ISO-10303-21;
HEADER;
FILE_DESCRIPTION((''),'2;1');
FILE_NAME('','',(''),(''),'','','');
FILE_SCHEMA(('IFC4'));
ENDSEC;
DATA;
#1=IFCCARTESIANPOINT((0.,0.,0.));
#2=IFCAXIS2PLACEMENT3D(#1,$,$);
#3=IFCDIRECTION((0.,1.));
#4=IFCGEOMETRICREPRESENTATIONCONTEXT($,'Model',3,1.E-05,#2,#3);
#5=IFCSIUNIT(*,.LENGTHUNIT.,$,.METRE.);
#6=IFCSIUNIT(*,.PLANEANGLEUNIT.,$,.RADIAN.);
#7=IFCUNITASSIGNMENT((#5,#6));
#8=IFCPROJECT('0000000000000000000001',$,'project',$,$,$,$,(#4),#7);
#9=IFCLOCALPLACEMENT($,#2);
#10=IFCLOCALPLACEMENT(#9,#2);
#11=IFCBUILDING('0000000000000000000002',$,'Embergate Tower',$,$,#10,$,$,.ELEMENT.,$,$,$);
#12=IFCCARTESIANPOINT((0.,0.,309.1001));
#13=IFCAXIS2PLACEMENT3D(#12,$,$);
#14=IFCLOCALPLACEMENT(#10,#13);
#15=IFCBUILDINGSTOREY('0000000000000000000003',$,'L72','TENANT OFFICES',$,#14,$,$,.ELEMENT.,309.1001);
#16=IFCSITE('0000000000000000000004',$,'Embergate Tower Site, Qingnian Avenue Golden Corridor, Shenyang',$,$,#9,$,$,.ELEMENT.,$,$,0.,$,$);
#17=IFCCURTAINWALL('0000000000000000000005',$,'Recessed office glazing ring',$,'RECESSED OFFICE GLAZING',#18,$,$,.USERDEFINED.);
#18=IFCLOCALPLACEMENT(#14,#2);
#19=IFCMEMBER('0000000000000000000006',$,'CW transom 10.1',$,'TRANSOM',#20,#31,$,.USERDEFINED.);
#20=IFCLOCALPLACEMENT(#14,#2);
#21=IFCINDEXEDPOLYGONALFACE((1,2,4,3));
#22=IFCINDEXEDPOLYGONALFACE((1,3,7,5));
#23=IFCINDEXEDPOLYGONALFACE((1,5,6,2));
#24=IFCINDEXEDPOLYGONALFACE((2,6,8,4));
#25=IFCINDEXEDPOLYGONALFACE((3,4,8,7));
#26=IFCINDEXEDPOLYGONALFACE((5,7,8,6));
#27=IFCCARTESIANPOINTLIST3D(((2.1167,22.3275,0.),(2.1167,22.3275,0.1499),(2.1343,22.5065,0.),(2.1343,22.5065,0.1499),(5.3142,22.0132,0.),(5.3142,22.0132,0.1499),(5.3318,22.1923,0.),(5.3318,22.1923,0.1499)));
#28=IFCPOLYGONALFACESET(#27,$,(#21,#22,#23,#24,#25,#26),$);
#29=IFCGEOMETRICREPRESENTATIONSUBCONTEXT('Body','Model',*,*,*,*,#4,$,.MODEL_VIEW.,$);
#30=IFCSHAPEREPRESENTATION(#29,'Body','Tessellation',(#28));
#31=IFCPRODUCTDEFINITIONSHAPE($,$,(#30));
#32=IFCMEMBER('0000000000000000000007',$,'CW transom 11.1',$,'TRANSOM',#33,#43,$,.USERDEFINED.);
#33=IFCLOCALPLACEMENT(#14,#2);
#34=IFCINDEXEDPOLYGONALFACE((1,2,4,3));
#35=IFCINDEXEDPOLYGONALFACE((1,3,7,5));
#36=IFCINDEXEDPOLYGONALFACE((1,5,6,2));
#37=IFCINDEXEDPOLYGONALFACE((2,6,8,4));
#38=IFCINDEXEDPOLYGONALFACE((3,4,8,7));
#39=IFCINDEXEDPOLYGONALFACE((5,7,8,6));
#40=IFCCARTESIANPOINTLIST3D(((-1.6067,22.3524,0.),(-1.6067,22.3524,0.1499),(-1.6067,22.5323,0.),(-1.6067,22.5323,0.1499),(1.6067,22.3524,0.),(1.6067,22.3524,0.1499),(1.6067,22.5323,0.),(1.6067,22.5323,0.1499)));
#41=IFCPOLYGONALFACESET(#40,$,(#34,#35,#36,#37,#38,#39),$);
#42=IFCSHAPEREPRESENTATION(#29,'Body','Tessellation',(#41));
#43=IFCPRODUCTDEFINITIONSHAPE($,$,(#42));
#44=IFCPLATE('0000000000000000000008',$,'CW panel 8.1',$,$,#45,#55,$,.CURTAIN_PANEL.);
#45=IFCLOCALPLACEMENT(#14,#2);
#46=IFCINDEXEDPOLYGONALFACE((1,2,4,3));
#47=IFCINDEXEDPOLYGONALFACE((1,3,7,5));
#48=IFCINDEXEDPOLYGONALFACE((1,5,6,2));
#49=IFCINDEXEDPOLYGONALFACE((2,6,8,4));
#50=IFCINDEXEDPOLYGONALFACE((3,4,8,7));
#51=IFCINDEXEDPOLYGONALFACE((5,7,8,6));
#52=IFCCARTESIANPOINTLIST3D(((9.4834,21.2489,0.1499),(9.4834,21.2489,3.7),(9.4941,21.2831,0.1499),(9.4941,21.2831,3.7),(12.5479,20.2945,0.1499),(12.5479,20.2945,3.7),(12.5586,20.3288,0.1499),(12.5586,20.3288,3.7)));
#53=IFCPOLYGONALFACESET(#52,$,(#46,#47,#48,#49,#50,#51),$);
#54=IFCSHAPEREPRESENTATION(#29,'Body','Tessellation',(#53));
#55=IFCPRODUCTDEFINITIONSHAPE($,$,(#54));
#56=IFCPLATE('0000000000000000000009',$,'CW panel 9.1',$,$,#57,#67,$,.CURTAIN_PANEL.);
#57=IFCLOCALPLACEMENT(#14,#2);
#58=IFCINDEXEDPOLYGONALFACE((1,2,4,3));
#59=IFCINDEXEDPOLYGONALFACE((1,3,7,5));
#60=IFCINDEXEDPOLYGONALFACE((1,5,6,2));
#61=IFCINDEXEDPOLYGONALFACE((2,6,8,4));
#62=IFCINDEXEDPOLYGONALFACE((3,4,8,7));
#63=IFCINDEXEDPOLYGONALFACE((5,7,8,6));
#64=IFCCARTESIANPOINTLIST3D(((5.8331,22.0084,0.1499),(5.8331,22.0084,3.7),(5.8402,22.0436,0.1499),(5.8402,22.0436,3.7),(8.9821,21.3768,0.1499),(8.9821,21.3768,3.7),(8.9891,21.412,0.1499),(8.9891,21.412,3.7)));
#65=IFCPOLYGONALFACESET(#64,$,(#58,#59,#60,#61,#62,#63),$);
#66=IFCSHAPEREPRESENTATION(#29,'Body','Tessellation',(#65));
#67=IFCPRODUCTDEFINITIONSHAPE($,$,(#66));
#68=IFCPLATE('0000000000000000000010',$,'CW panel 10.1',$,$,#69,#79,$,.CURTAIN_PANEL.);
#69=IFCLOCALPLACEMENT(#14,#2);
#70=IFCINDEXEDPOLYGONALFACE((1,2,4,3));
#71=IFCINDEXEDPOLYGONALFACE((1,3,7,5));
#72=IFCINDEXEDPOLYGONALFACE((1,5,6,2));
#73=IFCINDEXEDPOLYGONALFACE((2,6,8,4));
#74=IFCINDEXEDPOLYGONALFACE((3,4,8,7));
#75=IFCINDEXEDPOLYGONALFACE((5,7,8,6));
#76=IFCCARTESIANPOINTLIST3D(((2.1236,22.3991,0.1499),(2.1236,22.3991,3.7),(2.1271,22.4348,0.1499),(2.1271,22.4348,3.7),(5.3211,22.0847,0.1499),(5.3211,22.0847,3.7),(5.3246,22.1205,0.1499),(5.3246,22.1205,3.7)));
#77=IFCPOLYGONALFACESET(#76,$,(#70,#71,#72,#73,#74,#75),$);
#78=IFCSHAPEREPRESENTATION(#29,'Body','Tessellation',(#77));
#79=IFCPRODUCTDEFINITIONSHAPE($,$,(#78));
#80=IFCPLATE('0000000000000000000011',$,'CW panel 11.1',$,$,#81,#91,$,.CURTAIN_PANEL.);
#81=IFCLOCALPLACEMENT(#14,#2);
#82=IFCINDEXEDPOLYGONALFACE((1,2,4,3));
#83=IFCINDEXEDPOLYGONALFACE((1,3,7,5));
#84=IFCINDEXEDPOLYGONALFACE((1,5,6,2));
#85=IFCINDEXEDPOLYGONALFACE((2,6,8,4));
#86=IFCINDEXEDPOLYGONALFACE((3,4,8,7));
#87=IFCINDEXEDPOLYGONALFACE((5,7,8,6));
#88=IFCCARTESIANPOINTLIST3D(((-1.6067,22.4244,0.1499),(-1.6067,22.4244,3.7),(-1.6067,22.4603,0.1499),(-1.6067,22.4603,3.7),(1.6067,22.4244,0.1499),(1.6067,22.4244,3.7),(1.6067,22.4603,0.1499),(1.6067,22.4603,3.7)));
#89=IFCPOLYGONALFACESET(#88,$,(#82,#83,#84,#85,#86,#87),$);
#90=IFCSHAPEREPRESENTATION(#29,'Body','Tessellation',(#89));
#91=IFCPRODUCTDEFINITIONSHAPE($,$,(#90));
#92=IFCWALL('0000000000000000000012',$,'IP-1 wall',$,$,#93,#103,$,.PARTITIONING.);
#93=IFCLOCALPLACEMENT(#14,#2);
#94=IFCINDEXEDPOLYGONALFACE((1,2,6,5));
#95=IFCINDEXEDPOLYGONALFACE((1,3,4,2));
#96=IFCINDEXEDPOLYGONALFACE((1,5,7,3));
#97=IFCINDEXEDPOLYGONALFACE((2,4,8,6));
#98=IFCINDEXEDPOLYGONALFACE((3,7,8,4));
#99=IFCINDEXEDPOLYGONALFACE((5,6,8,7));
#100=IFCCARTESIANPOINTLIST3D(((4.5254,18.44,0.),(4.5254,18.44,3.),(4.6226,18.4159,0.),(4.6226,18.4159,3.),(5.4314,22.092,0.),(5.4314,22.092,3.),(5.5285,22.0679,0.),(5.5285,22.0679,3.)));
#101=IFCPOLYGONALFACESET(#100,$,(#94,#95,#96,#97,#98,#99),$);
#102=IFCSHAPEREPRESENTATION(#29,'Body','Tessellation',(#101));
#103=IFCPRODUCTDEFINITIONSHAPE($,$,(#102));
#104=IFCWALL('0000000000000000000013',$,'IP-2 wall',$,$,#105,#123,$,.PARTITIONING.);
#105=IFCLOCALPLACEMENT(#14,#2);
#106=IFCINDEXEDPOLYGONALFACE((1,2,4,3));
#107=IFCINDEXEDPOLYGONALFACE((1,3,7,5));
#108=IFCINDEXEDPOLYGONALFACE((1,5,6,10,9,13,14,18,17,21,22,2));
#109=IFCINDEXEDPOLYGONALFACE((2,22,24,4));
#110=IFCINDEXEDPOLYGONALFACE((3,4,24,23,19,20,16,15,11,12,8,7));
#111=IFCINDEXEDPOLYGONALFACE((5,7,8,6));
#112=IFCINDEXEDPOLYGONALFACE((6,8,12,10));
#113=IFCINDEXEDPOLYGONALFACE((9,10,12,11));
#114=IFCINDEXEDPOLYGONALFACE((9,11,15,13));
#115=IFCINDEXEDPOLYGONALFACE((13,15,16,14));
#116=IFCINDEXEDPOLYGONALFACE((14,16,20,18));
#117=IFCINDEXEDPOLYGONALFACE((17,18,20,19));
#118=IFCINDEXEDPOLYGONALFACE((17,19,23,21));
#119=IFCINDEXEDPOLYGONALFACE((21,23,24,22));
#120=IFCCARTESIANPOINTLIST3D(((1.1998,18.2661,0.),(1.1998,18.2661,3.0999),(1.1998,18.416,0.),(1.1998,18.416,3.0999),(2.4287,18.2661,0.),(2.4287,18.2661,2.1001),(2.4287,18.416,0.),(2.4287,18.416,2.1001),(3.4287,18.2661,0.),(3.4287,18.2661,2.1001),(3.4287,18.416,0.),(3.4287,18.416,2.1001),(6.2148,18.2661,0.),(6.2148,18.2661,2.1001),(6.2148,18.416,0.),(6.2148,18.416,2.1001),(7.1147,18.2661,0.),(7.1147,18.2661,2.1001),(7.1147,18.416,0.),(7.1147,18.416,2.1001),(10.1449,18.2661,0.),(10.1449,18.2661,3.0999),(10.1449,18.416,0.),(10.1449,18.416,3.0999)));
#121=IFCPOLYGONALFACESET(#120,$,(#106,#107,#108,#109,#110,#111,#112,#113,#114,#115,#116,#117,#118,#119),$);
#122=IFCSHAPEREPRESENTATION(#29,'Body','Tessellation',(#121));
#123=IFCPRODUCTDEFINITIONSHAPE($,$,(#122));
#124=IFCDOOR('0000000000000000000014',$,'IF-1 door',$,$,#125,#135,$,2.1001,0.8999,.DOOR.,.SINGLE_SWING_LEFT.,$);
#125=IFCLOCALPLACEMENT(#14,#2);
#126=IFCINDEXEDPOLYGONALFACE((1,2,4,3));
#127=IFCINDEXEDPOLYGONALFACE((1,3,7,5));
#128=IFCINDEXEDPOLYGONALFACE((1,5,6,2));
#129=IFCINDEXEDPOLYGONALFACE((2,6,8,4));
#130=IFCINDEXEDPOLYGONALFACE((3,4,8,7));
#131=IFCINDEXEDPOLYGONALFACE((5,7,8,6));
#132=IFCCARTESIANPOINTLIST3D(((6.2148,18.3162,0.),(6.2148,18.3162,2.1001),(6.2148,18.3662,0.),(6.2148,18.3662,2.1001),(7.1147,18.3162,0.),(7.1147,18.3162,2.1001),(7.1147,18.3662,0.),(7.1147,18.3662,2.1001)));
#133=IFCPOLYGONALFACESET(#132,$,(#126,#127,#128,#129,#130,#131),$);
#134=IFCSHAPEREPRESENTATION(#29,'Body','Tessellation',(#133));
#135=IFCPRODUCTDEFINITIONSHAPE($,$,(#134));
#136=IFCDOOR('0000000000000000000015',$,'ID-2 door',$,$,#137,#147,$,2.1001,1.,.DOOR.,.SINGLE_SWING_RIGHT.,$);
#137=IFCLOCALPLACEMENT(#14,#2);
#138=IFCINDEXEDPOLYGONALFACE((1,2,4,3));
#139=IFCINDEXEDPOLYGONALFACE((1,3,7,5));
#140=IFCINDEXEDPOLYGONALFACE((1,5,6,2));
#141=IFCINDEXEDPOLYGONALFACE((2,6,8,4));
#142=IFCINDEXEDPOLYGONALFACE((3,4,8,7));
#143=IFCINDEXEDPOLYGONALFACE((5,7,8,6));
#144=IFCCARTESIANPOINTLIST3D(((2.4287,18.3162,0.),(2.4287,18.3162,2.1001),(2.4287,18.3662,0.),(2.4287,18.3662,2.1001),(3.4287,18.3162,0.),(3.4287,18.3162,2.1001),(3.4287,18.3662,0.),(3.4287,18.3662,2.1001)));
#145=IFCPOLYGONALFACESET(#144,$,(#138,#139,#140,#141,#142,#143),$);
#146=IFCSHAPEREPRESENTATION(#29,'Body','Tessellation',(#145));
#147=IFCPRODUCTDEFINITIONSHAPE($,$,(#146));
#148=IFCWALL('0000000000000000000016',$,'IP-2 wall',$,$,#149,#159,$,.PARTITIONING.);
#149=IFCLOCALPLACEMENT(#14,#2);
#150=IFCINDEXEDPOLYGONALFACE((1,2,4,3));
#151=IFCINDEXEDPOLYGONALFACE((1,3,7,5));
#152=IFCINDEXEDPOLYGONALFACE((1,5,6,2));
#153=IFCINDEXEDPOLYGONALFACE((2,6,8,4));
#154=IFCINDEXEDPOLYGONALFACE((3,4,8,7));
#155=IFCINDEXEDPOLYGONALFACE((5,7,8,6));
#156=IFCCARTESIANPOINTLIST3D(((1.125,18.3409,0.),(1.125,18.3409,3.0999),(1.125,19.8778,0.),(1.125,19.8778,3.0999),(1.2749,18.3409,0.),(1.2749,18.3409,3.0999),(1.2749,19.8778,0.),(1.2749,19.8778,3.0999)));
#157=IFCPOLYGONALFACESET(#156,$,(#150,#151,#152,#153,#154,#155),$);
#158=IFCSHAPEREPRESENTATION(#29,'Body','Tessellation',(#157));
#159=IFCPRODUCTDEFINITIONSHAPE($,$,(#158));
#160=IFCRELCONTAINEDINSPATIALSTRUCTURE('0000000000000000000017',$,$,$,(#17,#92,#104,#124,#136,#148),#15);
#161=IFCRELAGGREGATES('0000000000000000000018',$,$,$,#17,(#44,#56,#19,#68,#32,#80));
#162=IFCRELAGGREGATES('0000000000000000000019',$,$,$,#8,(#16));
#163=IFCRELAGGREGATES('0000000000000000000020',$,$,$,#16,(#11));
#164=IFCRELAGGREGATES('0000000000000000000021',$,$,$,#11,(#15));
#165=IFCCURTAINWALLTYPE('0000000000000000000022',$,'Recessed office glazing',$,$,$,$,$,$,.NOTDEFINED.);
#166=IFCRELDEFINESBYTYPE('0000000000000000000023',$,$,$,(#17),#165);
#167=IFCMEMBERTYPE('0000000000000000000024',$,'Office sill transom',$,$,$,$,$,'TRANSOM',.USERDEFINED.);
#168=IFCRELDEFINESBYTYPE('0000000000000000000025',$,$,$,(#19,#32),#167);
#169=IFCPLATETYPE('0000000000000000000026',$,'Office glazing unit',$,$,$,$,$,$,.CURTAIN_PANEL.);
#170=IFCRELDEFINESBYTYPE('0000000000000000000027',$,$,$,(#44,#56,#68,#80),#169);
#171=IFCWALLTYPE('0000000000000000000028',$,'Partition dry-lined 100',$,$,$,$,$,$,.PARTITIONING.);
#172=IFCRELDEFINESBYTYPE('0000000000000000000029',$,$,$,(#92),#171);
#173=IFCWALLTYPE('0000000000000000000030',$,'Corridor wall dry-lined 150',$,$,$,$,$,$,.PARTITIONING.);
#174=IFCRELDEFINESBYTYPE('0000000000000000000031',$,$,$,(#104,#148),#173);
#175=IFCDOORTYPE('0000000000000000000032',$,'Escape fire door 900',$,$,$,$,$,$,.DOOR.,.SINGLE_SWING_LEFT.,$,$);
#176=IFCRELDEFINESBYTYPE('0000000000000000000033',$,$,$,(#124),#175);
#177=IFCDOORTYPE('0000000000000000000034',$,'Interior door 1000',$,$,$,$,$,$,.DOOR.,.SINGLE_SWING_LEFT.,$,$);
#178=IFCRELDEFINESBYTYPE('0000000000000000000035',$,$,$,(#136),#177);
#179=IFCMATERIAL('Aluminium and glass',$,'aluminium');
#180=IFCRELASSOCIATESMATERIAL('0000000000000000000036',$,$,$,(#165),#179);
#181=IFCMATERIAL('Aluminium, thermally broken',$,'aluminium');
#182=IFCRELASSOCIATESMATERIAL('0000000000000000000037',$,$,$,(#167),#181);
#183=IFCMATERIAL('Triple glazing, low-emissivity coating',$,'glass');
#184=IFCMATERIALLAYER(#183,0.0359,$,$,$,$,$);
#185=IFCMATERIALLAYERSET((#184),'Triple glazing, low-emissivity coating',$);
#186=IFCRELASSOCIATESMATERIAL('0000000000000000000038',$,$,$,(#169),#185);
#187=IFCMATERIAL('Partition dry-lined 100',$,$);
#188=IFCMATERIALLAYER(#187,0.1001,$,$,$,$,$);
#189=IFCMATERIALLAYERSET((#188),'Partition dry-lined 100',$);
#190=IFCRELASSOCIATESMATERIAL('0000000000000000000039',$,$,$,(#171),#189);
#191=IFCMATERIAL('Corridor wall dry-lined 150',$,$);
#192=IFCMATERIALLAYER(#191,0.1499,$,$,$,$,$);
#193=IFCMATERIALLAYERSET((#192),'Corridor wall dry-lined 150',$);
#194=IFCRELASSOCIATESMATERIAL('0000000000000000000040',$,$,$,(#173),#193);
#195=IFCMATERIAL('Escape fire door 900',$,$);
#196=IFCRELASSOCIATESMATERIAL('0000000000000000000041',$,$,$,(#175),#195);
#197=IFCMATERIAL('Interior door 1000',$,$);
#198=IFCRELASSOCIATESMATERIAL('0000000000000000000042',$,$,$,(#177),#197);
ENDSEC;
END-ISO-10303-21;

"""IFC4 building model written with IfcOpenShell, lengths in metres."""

from ifc_helpers import new_model, si_unit, direction, frame, frame_2d, origin, origin_2d, place, context, subcontext, project, spatial, rectangle, extrude, source, transform, mapped, material, layer, layer_set, material_profile, profile_set, type_object, element, fill, aggregate, save


model = new_model("IFC4")

# Units and contexts
model_context = context("Model", 3, precision=1e-05, world=origin(), true_north=direction((0.0, 1.0)))
body_context = subcontext(model_context, "Body", "Model", "MODEL_VIEW")
ifc_project = project(units=[si_unit("LENGTHUNIT", "METRE"), si_unit("PLANEANGLEUNIT", "RADIAN")], contexts=[model_context])

# Site, building, storey
site_placement = place(None, origin())
site = spatial("IfcSite", under=ifc_project, at=site_placement, Name="Embergate Tower Site, Qingnian Avenue Golden Corridor, Shenyang", CompositionType="ELEMENT", RefElevation=0.0)
building_placement = place(site_placement, origin())
building = spatial("IfcBuilding", under=site, at=building_placement, Name="Embergate Tower", CompositionType="ELEMENT")
storey_placement = place(building_placement, frame((0.0, 0.0, 309.1001)))
storey = spatial("IfcBuildingStorey", under=building, at=storey_placement, Name="L72", Description="TENANT OFFICES", CompositionType="ELEMENT", Elevation=309.1001)

# Curtain wall, members, plates
ifc_material_1 = material(Name="Aluminium and glass", Category="aluminium")
curtain_wall_type = type_object("IfcCurtainWallType", Name="Recessed office glazing", PredefinedType="NOTDEFINED", material=ifc_material_1)
curtain_wall_placement = place(storey_placement, origin())
curtain_wall = element("IfcCurtainWall", 1, at=curtain_wall_placement, inside=storey, type_object=curtain_wall_type, Name="Recessed office glazing ring", ObjectType="RECESSED OFFICE GLAZING", PredefinedType="USERDEFINED")
ifc_material_2 = material(Name="Aluminium, thermally broken", Category="aluminium")
ifc_material_profile_1 = material_profile(ifc_material_2, rectangle(XDim=0.1799, YDim=0.1499, at=origin_2d()), Name="AL 150x180")
ifc_profile_set_1 = profile_set([ifc_material_profile_1], Name="Aluminium, thermally broken")
member_type_1 = type_object("IfcMemberType", Name="Office sill transom", ElementType="TRANSOM", PredefinedType="USERDEFINED", material=ifc_profile_set_1)
shared_shape_1 = source(origin(), body_context, "Body", "SweptSolid", [
    extrude(rectangle(XDim=0.1799, YDim=0.1499, at=origin_2d()), origin(), (0.0, 0.0, 1.0), 3.2129),
])
member_1_placement = place(storey_placement, frame((5.323, 22.1028, 0.075), z_axis=(-0.995207, 0.097796, 0.0), x_axis=(-0.097796, -0.995207, 0.0)))
member_1 = element("IfcMember", 2, at=member_1_placement, type_object=member_type_1, Name="CW transom 10.1", ObjectType="TRANSOM", PredefinedType="USERDEFINED", context=body_context, shape_type="MappedRepresentation", body=[
    mapped(shared_shape_1, transform((0.0, 0.0, 0.0))),
])
shared_shape_2 = source(origin(), body_context, "Body", "SweptSolid", [
    extrude(rectangle(XDim=0.1799, YDim=0.1499, at=origin_2d()), origin(), (0.0, 0.0, 1.0), 3.2134),
])
member_2_placement = place(storey_placement, frame((1.6067, 22.4424, 0.075), z_axis=(-1.0, 0.0, 0.0), x_axis=(0.0, -1.0, 0.0)))
member_2 = element("IfcMember", 3, at=member_2_placement, type_object=member_type_1, Name="CW transom 11.1", ObjectType="TRANSOM", PredefinedType="USERDEFINED", context=body_context, shape_type="MappedRepresentation", body=[
    mapped(shared_shape_2, transform((0.0, 0.0, 0.0))),
])
ifc_material_3 = material(Name="Triple glazing, low-emissivity coating", Category="glass")
ifc_layer_1 = layer(ifc_material_3, 0.0359)
ifc_layer_set_1 = layer_set([ifc_layer_1], Name="Triple glazing, low-emissivity coating")
plate_type = type_object("IfcPlateType", Name="Office glazing unit", PredefinedType="CURTAIN_PANEL", material=ifc_layer_set_1)
shared_shape_3 = source(origin(), body_context, "Body", "SweptSolid", [
    extrude(rectangle(XDim=3.2097, YDim=0.0359, at=origin_2d()), origin(), (0.0, 0.0, 1.0), 3.55),
])
plate_1_placement = place(storey_placement, frame((11.021, 20.7888, 0.1499), z_axis=(0.0, 0.0, 1.0), x_axis=(-0.954771, 0.297342, 0.0)))
plate_1 = element("IfcPlate", 4, at=plate_1_placement, type_object=plate_type, Name="CW panel 8.1", PredefinedType="CURTAIN_PANEL", context=body_context, shape_type="MappedRepresentation", body=[
    mapped(shared_shape_3, transform((0.0, 0.0, 0.0))),
])
shared_shape_4 = source(origin(), body_context, "Body", "SweptSolid", [
    extrude(rectangle(XDim=3.2117, YDim=0.0359, at=origin_2d()), origin(), (0.0, 0.0, 1.0), 3.55),
])
plate_2_placement = place(storey_placement, frame((7.4111, 21.7102, 0.1499), z_axis=(0.0, 0.0, 1.0), x_axis=(-0.980475, 0.196643, 0.0)))
plate_2 = element("IfcPlate", 5, at=plate_2_placement, type_object=plate_type, Name="CW panel 9.1", PredefinedType="CURTAIN_PANEL", context=body_context, shape_type="MappedRepresentation", body=[
    mapped(shared_shape_4, transform((0.0, 0.0, 0.0))),
])
shared_shape_5 = source(origin(), body_context, "Body", "SweptSolid", [
    extrude(rectangle(XDim=3.2129, YDim=0.0359, at=origin_2d()), origin(), (0.0, 0.0, 1.0), 3.55),
])
plate_3_placement = place(storey_placement, frame((3.7241, 22.2598, 0.1499), z_axis=(0.0, 0.0, 1.0), x_axis=(-0.995203, 0.097831, 0.0)))
plate_3 = element("IfcPlate", 6, at=plate_3_placement, type_object=plate_type, Name="CW panel 10.1", PredefinedType="CURTAIN_PANEL", context=body_context, shape_type="MappedRepresentation", body=[
    mapped(shared_shape_5, transform((0.0, 0.0, 0.0))),
])
shared_shape_6 = source(origin(), body_context, "Body", "SweptSolid", [
    extrude(rectangle(XDim=3.2134, YDim=0.0359, at=origin_2d()), origin(), (0.0, 0.0, 1.0), 3.55),
])
plate_4_placement = place(storey_placement, frame((0.0, 22.4424, 0.1499), z_axis=(0.0, 0.0, 1.0), x_axis=(-1.0, 0.0, 0.0)))
plate_4 = element("IfcPlate", 7, at=plate_4_placement, type_object=plate_type, Name="CW panel 11.1", PredefinedType="CURTAIN_PANEL", context=body_context, shape_type="MappedRepresentation", body=[
    mapped(shared_shape_6, transform((0.0, 0.0, 0.0))),
])
aggregate(curtain_wall, [plate_1, plate_2, member_1, plate_3, member_2, plate_4])

# Wall
ifc_material_4 = material(Name="Partition dry-lined 100")
ifc_layer_2 = layer(ifc_material_4, 0.1001)
ifc_layer_set_2 = layer_set([ifc_layer_2], Name="Partition dry-lined 100")
wall_type_1 = type_object("IfcWallType", Name="Partition dry-lined 100", PredefinedType="PARTITIONING", material=ifc_layer_set_2)
shared_shape_7 = source(origin(), body_context, "Body", "SweptSolid", [
    extrude(rectangle(XDim=3.7627, YDim=0.1001, at=frame_2d((1.8813, 0.0))), origin(), (0.0, 0.0, 1.0), 3.0),
])
wall_1_placement = place(storey_placement, frame((4.574, 18.428, 0.0), z_axis=(0.0, 0.0, 1.0), x_axis=(0.24078, 0.97058, 0.0)))
element("IfcWall", 8, at=wall_1_placement, inside=storey, type_object=wall_type_1, Name="IP-1 wall", PredefinedType="PARTITIONING", context=body_context, shape_type="MappedRepresentation", body=[
    mapped(shared_shape_7, transform((0.0, 0.0, 0.0))),
])

# Wall, openings, doors
ifc_material_5 = material(Name="Corridor wall dry-lined 150")
ifc_layer_3 = layer(ifc_material_5, 0.1499)
ifc_layer_set_3 = layer_set([ifc_layer_3], Name="Corridor wall dry-lined 150")
wall_type_2 = type_object("IfcWallType", Name="Corridor wall dry-lined 150", PredefinedType="PARTITIONING", material=ifc_layer_set_3)
shared_shape_8 = source(origin(), body_context, "Body", "SweptSolid", [
    extrude(rectangle(XDim=8.9451, YDim=0.1499, at=frame_2d((4.4727, 0.0))), origin(), (0.0, 0.0, 1.0), 3.0999),
])
wall_2_placement = place(storey_placement, frame((10.145, 18.3411, 0.0), z_axis=(0.0, 0.0, 1.0), x_axis=(-1.0, 0.0, 0.0)))
wall_2 = element("IfcWall", 9, at=wall_2_placement, inside=storey, type_object=wall_type_2, Name="IP-2 wall", PredefinedType="PARTITIONING", context=body_context, shape_type="MappedRepresentation", body=[
    mapped(shared_shape_8, transform((0.0, 0.0, 0.0))),
])
shared_shape_9 = source(origin(), body_context, "Body", "SweptSolid", [
    extrude(rectangle(XDim=0.8999, YDim=2.1001, at=frame_2d((0.45, 1.05))), frame((0.0, 0.085, 0.0), z_axis=(0.0, -1.0, 0.0), x_axis=(1.0, 0.0, 0.0)), (0.0, 0.0, 1.0), 0.1699),
])
opening_1_placement = place(wall_2_placement, frame((3.0303, 0.0, 0.0)))
opening_1 = element("IfcOpeningElement", 10, at=opening_1_placement, cuts=wall_2, PredefinedType="OPENING", context=body_context, shape_type="MappedRepresentation", body=[
    mapped(shared_shape_9, transform((0.0, 0.0, 0.0))),
])
shared_shape_10 = source(origin(), body_context, "Body", "SweptSolid", [
    extrude(rectangle(XDim=1.0, YDim=2.1001, at=frame_2d((0.5, 1.05))), frame((0.0, 0.085, 0.0), z_axis=(0.0, -1.0, 0.0), x_axis=(1.0, 0.0, 0.0)), (0.0, 0.0, 1.0), 0.1699),
])
opening_2_placement = place(wall_2_placement, frame((6.7163, 0.0, 0.0)))
opening_2 = element("IfcOpeningElement", 11, at=opening_2_placement, cuts=wall_2, PredefinedType="OPENING", context=body_context, shape_type="MappedRepresentation", body=[
    mapped(shared_shape_10, transform((0.0, 0.0, 0.0))),
])
ifc_material_6 = material(Name="Escape fire door 900")
door_type_1 = type_object("IfcDoorType", Name="Escape fire door 900", OperationType="SINGLE_SWING_LEFT", PredefinedType="DOOR", material=ifc_material_6)
shared_shape_11 = source(origin(), body_context, "Body", "SweptSolid", [
    extrude(rectangle(XDim=0.8999, YDim=2.1001, at=frame_2d((0.45, 1.05))), frame((0.0, 0.0249, 0.0), z_axis=(0.0, -1.0, 0.0), x_axis=(1.0, 0.0, 0.0)), (0.0, 0.0, 1.0), 0.05),
])
door_1_placement = place(opening_1_placement, origin())
door_1 = element("IfcDoor", 12, at=door_1_placement, inside=storey, type_object=door_type_1, Name="IF-1 door", OperationType="SINGLE_SWING_LEFT", OverallHeight=2.1001, OverallWidth=0.8999, PredefinedType="DOOR", context=body_context, shape_type="MappedRepresentation", body=[
    mapped(shared_shape_11, transform((0.0, 0.0, 0.0))),
])
fill(opening_1, door_1)
ifc_material_7 = material(Name="Interior door 1000")
door_type_2 = type_object("IfcDoorType", Name="Interior door 1000", OperationType="SINGLE_SWING_LEFT", PredefinedType="DOOR", material=ifc_material_7)
shared_shape_12 = source(origin(), body_context, "Body", "SweptSolid", [
    extrude(rectangle(XDim=1.0, YDim=2.1001, at=frame_2d((0.5, 1.05))), frame((0.0, 0.0249, 0.0), z_axis=(0.0, -1.0, 0.0), x_axis=(1.0, 0.0, 0.0)), (0.0, 0.0, 1.0), 0.05),
])
door_2_placement = place(opening_2_placement, origin())
door_2 = element("IfcDoor", 13, at=door_2_placement, inside=storey, type_object=door_type_2, Name="ID-2 door", OperationType="SINGLE_SWING_RIGHT", OverallHeight=2.1001, OverallWidth=1.0, PredefinedType="DOOR", context=body_context, shape_type="MappedRepresentation", body=[
    mapped(shared_shape_12, transform((0.0, 0.0, 0.0))),
])
fill(opening_2, door_2)

# Wall
shared_shape_13 = source(origin(), body_context, "Body", "SweptSolid", [
    extrude(rectangle(XDim=1.5369, YDim=0.1499, at=frame_2d((0.7686, 0.0))), origin(), (0.0, 0.0, 1.0), 3.0999),
])
wall_3_placement = place(storey_placement, frame((1.2, 19.8779, 0.0), z_axis=(0.0, 0.0, 1.0), x_axis=(0.0, -1.0, 0.0)))
element("IfcWall", 14, at=wall_3_placement, inside=storey, type_object=wall_type_2, Name="IP-2 wall", PredefinedType="PARTITIONING", context=body_context, shape_type="MappedRepresentation", body=[
    mapped(shared_shape_13, transform((0.0, 0.0, 0.0))),
])

save(model, "model.ifc")
